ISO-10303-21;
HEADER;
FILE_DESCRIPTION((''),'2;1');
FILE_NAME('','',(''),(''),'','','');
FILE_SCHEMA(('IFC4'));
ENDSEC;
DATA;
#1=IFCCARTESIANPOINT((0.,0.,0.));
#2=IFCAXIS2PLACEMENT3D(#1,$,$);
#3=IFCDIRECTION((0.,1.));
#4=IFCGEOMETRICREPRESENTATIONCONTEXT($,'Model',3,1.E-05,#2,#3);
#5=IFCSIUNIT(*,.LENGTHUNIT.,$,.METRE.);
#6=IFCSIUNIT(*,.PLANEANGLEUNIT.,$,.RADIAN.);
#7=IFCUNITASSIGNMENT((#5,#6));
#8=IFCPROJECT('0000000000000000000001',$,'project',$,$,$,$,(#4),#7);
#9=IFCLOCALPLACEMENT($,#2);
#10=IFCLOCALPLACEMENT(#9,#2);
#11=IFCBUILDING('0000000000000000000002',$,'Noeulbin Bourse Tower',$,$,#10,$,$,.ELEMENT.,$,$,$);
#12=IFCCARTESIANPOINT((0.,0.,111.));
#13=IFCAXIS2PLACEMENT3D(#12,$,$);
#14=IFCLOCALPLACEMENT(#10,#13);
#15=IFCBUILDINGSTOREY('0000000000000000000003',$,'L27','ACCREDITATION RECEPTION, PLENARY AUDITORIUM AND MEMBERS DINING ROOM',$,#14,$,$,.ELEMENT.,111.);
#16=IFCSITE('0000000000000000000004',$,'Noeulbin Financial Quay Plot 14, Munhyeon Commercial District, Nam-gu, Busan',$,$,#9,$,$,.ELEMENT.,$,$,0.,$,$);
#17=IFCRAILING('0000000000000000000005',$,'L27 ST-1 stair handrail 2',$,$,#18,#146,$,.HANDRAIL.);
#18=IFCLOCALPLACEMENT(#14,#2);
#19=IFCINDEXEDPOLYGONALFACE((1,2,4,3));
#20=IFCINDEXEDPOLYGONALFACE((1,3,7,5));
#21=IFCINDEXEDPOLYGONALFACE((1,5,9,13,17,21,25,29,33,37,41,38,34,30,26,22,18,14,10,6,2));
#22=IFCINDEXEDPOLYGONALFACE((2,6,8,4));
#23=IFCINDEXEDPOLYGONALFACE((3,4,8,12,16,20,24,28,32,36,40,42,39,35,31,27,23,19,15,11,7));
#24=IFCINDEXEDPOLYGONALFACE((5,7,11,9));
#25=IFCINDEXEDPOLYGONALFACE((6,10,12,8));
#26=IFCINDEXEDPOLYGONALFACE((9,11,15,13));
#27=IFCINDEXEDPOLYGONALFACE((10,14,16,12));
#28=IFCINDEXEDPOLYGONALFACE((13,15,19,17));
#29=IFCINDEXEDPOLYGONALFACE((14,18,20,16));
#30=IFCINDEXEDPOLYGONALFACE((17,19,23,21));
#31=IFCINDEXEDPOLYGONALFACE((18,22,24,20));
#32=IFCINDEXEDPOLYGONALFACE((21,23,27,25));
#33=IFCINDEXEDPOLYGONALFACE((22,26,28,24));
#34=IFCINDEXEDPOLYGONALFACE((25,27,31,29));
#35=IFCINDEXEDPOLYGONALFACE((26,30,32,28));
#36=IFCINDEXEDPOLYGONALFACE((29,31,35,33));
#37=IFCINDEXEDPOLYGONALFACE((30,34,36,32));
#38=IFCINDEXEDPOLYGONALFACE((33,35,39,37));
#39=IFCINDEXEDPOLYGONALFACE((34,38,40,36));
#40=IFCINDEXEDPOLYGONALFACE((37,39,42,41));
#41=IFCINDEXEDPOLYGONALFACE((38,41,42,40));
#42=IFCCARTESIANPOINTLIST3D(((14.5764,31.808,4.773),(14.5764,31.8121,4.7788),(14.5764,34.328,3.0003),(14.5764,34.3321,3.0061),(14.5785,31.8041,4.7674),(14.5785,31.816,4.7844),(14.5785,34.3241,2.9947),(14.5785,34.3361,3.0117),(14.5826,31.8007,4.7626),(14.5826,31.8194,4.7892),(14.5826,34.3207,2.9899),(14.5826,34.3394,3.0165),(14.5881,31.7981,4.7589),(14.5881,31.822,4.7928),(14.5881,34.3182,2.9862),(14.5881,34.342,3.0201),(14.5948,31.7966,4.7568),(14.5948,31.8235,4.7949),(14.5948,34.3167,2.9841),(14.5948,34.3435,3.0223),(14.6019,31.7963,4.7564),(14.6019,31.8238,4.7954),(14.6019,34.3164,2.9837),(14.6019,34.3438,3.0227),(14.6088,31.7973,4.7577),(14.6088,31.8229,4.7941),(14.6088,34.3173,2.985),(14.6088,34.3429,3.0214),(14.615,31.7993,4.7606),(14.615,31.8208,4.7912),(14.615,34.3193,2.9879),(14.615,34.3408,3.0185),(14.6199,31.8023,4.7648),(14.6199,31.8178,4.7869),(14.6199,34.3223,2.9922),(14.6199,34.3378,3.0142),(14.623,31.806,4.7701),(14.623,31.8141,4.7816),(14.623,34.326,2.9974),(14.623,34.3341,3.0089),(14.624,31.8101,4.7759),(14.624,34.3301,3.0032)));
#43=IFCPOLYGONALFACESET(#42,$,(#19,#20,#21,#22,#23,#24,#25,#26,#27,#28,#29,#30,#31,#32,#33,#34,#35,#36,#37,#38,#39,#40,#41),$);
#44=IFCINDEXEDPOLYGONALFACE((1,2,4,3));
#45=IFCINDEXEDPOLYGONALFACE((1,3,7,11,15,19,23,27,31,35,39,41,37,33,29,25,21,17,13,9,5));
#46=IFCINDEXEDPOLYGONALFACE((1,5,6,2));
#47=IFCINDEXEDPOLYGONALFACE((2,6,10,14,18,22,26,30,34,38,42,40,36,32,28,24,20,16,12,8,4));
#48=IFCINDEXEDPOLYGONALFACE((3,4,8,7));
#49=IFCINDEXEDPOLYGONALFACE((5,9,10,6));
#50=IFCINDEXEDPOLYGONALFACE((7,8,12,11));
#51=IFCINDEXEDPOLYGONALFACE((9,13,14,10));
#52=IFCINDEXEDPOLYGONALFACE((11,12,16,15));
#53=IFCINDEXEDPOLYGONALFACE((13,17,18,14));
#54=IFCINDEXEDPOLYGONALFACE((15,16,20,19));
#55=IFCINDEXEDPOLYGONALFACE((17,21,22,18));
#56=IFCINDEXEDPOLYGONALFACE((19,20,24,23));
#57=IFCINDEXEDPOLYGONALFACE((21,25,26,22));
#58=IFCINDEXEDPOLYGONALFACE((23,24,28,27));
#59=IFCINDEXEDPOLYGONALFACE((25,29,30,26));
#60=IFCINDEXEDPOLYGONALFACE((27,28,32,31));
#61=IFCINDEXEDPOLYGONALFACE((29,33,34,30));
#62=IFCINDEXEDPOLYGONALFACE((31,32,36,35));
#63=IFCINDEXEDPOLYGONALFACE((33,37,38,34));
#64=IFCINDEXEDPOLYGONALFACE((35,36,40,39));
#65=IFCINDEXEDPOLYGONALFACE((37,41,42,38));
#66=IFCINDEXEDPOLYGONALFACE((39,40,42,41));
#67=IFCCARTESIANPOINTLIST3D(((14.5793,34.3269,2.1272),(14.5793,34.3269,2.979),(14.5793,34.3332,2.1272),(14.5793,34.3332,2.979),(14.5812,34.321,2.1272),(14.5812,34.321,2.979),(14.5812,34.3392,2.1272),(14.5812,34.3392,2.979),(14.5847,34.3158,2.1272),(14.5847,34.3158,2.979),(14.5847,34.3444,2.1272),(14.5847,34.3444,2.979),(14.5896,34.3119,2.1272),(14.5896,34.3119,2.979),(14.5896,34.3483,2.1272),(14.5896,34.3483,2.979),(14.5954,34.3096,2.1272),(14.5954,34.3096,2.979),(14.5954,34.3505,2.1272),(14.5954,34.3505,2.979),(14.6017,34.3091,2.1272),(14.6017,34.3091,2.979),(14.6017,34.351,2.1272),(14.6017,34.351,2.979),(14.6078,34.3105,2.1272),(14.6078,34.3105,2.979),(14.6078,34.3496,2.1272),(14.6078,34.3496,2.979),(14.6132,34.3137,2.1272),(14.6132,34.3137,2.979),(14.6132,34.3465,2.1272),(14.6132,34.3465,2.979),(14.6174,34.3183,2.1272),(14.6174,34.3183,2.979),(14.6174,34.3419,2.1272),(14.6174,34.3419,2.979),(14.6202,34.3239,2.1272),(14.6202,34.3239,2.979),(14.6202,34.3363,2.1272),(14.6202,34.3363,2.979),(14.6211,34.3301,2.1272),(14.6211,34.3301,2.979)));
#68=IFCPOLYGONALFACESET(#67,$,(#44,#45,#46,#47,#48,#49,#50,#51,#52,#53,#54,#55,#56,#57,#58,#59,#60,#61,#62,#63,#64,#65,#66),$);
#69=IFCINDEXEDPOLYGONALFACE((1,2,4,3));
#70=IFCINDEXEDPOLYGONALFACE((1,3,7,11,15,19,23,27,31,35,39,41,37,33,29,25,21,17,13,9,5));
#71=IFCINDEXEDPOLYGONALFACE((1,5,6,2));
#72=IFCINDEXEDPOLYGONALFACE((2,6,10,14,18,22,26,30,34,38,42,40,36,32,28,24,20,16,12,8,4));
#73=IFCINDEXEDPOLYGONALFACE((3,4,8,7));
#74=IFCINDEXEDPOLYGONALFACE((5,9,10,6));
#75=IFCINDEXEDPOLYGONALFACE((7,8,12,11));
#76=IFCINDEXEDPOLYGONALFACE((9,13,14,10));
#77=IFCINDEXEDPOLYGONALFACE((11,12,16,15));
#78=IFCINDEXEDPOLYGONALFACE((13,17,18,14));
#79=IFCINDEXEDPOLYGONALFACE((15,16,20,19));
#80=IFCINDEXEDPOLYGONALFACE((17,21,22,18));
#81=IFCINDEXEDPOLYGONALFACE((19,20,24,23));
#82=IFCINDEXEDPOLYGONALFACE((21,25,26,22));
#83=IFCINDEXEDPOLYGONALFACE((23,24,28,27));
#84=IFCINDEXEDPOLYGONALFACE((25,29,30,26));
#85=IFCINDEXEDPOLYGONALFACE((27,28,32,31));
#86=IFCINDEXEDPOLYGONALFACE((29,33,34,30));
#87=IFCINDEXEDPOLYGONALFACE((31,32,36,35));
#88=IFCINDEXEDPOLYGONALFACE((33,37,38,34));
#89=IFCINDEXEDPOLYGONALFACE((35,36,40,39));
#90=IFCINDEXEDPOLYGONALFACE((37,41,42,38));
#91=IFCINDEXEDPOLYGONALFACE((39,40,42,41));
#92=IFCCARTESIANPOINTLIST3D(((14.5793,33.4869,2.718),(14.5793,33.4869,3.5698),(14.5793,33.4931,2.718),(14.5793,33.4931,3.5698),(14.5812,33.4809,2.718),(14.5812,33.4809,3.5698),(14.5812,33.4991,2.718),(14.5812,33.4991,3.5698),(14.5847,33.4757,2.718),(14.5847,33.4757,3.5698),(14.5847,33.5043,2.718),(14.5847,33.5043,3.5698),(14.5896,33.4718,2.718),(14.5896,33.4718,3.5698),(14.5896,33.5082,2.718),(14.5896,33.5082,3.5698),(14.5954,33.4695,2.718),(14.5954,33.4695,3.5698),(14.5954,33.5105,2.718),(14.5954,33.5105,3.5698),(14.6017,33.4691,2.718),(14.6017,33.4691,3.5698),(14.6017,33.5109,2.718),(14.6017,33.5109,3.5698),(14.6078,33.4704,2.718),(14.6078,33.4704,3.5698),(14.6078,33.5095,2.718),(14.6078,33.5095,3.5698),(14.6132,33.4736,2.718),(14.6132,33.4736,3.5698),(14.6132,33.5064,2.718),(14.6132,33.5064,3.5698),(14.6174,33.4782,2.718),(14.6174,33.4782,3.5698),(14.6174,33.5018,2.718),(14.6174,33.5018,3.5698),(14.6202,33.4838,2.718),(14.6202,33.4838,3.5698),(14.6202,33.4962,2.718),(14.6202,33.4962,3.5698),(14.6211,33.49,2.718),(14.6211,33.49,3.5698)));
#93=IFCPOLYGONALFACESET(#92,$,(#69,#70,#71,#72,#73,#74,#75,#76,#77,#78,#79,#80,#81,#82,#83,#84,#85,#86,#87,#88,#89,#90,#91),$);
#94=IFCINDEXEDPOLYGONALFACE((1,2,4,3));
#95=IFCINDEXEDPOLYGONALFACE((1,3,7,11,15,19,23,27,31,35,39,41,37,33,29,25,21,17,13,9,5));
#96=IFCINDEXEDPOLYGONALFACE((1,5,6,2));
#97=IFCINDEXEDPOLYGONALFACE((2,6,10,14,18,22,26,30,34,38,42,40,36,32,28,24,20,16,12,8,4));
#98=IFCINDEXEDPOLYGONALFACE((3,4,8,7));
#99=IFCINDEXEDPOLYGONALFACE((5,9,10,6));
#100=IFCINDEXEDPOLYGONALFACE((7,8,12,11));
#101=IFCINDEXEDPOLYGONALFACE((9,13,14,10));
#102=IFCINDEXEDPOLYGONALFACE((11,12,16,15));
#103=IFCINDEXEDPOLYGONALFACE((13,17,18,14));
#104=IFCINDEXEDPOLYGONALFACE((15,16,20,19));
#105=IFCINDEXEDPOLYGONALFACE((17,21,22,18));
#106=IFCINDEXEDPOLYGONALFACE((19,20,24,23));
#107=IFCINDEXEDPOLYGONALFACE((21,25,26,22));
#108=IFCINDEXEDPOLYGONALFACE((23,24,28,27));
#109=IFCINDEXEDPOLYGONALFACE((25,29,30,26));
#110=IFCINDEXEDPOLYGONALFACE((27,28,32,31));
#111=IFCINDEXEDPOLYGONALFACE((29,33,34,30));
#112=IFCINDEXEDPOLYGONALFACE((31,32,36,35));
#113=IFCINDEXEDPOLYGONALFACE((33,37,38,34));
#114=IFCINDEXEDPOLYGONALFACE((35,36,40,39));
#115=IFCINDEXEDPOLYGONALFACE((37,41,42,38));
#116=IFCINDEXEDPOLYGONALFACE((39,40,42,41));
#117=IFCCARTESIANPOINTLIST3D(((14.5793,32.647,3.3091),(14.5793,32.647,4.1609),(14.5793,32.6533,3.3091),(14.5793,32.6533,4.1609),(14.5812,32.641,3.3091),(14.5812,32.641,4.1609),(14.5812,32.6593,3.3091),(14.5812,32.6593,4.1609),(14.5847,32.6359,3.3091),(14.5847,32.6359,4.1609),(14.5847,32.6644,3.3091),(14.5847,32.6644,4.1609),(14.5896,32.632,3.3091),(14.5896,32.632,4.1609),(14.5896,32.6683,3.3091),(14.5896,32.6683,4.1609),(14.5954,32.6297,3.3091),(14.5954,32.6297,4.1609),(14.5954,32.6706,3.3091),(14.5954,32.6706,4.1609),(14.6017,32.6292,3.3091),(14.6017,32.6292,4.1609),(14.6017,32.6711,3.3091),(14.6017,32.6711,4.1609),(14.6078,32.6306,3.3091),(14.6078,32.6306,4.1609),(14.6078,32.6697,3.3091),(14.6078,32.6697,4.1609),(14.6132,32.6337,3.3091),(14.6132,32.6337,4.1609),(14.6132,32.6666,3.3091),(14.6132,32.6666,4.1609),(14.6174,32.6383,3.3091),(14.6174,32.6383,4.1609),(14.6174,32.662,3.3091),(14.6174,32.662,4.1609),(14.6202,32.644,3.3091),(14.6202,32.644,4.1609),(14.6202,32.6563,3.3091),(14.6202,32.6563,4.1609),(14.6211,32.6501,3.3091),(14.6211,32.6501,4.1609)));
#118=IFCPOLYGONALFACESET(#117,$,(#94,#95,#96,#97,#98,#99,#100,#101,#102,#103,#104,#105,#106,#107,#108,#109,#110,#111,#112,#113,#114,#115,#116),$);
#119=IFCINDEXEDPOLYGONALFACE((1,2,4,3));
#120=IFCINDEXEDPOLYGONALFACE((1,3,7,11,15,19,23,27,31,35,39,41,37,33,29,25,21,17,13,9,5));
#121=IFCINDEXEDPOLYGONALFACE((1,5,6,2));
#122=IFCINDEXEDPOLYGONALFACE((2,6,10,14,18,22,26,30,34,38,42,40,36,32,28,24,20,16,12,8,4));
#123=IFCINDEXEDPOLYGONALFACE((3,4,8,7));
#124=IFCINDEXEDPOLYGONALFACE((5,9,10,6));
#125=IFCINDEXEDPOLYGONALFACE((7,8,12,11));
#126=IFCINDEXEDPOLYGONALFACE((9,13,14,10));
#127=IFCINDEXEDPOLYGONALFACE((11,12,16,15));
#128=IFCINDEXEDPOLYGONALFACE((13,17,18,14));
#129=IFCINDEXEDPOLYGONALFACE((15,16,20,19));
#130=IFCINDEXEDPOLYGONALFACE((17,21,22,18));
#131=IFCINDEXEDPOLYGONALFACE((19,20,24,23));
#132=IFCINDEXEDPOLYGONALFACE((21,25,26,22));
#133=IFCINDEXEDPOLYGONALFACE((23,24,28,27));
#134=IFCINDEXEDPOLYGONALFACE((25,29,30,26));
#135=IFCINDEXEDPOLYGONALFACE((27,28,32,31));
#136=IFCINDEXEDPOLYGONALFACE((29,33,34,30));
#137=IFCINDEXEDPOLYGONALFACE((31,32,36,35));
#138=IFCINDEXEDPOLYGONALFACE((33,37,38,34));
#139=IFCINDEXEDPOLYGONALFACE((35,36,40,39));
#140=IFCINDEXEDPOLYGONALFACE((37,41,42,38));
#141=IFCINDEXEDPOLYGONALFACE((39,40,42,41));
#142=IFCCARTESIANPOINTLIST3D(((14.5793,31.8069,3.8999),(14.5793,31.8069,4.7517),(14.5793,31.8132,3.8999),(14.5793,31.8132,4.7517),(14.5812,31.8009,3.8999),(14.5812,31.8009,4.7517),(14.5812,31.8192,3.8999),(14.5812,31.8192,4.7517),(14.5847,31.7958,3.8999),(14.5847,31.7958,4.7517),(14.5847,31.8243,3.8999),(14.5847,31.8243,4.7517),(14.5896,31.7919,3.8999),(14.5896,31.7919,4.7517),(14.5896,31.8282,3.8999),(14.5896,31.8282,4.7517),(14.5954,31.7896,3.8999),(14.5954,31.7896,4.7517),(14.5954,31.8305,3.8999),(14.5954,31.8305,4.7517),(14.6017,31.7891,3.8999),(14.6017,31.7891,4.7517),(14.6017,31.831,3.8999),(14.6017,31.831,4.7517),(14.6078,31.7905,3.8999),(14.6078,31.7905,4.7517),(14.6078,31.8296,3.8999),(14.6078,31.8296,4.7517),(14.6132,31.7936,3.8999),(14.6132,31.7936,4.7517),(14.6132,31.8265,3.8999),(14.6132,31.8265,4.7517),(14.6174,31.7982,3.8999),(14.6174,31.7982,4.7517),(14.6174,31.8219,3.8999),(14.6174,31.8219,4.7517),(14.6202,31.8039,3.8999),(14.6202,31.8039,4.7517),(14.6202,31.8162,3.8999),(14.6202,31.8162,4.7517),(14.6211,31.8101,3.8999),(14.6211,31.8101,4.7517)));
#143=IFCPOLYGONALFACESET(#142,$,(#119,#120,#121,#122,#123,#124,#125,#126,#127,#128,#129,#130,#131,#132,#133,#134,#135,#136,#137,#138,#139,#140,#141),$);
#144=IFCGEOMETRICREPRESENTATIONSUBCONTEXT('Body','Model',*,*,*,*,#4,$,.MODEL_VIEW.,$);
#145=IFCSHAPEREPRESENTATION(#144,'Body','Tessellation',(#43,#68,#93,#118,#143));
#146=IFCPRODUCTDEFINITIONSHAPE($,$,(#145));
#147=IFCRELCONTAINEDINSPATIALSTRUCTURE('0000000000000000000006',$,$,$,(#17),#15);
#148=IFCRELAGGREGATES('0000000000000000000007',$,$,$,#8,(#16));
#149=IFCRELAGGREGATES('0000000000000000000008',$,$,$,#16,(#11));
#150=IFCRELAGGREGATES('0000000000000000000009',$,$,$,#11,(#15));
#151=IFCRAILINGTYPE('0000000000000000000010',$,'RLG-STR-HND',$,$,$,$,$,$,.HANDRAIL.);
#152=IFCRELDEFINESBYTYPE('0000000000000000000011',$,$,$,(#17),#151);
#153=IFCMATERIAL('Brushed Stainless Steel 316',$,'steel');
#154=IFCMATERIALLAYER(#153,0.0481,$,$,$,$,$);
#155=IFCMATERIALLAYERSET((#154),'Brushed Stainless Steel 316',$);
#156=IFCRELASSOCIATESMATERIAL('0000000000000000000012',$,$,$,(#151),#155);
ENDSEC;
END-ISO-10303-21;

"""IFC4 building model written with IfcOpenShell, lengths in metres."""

from ifc_helpers import new_model, si_unit, direction, frame, origin, origin_2d, place, context, subcontext, project, spatial, circle, extrude, material, layer, layer_set, type_object, element, save


model = new_model("IFC4")

# Units and contexts
model_context = context("Model", 3, precision=1e-05, world=origin(), true_north=direction((0.0, 1.0)))
body_context = subcontext(model_context, "Body", "Model", "MODEL_VIEW")
ifc_project = project(units=[si_unit("LENGTHUNIT", "METRE"), si_unit("PLANEANGLEUNIT", "RADIAN")], contexts=[model_context])

# Site, building, storey
site_placement = place(None, origin())
site = spatial("IfcSite", under=ifc_project, at=site_placement, Name="Noeulbin Financial Quay Plot 14, Munhyeon Commercial District, Nam-gu, Busan", CompositionType="ELEMENT", RefElevation=0.0)
building_placement = place(site_placement, origin())
building = spatial("IfcBuilding", under=site, at=building_placement, Name="Noeulbin Bourse Tower", CompositionType="ELEMENT")
storey_placement = place(building_placement, frame((0.0, 0.0, 111.0)))
storey = spatial("IfcBuildingStorey", under=building, at=storey_placement, Name="L27", Description="ACCREDITATION RECEPTION, PLENARY AUDITORIUM AND MEMBERS DINING ROOM", CompositionType="ELEMENT", Elevation=111.0)

# Shared definitions
ifc_material_1 = material(Name="Brushed Stainless Steel 316", Category="steel")

# Railing
ifc_layer_1 = layer(ifc_material_1, 0.0481)
ifc_layer_set_1 = layer_set([ifc_layer_1], Name="Brushed Stainless Steel 316")
railing_type_1 = type_object("IfcRailingType", Name="RLG-STR-HND", PredefinedType="HANDRAIL", material=ifc_layer_set_1)
railing_1_placement = place(storey_placement, frame((14.6001, 34.3301, 2.1272)))
element("IfcRailing", 1, at=railing_1_placement, inside=storey, type_object=railing_type_1, Name="L27 ST-1 stair handrail 2", PredefinedType="HANDRAIL", context=body_context, shape_type="SweptSolid", body=[
    extrude(circle(Radius=0.0239, at=origin_2d()), frame((0.0, 0.0, 0.876), z_axis=(0.0, -0.817904, 0.575354), x_axis=(1.0, 0.0, 0.0)), (0.0, 0.0, 1.0), 3.0811),
    extrude(circle(Radius=0.021, at=origin_2d()), origin(), (0.0, 0.0, 1.0), 0.8518),
    extrude(circle(Radius=0.021, at=origin_2d()), frame((0.0, -0.8401, 0.5908)), (0.0, 0.0, 1.0), 0.8518),
    extrude(circle(Radius=0.021, at=origin_2d()), frame((0.0, -1.6799, 1.1819)), (0.0, 0.0, 1.0), 0.8518),
    extrude(circle(Radius=0.021, at=origin_2d()), frame((0.0, -2.52, 1.7727)), (0.0, 0.0, 1.0), 0.8518),
])

save(model, "model.ifc")
